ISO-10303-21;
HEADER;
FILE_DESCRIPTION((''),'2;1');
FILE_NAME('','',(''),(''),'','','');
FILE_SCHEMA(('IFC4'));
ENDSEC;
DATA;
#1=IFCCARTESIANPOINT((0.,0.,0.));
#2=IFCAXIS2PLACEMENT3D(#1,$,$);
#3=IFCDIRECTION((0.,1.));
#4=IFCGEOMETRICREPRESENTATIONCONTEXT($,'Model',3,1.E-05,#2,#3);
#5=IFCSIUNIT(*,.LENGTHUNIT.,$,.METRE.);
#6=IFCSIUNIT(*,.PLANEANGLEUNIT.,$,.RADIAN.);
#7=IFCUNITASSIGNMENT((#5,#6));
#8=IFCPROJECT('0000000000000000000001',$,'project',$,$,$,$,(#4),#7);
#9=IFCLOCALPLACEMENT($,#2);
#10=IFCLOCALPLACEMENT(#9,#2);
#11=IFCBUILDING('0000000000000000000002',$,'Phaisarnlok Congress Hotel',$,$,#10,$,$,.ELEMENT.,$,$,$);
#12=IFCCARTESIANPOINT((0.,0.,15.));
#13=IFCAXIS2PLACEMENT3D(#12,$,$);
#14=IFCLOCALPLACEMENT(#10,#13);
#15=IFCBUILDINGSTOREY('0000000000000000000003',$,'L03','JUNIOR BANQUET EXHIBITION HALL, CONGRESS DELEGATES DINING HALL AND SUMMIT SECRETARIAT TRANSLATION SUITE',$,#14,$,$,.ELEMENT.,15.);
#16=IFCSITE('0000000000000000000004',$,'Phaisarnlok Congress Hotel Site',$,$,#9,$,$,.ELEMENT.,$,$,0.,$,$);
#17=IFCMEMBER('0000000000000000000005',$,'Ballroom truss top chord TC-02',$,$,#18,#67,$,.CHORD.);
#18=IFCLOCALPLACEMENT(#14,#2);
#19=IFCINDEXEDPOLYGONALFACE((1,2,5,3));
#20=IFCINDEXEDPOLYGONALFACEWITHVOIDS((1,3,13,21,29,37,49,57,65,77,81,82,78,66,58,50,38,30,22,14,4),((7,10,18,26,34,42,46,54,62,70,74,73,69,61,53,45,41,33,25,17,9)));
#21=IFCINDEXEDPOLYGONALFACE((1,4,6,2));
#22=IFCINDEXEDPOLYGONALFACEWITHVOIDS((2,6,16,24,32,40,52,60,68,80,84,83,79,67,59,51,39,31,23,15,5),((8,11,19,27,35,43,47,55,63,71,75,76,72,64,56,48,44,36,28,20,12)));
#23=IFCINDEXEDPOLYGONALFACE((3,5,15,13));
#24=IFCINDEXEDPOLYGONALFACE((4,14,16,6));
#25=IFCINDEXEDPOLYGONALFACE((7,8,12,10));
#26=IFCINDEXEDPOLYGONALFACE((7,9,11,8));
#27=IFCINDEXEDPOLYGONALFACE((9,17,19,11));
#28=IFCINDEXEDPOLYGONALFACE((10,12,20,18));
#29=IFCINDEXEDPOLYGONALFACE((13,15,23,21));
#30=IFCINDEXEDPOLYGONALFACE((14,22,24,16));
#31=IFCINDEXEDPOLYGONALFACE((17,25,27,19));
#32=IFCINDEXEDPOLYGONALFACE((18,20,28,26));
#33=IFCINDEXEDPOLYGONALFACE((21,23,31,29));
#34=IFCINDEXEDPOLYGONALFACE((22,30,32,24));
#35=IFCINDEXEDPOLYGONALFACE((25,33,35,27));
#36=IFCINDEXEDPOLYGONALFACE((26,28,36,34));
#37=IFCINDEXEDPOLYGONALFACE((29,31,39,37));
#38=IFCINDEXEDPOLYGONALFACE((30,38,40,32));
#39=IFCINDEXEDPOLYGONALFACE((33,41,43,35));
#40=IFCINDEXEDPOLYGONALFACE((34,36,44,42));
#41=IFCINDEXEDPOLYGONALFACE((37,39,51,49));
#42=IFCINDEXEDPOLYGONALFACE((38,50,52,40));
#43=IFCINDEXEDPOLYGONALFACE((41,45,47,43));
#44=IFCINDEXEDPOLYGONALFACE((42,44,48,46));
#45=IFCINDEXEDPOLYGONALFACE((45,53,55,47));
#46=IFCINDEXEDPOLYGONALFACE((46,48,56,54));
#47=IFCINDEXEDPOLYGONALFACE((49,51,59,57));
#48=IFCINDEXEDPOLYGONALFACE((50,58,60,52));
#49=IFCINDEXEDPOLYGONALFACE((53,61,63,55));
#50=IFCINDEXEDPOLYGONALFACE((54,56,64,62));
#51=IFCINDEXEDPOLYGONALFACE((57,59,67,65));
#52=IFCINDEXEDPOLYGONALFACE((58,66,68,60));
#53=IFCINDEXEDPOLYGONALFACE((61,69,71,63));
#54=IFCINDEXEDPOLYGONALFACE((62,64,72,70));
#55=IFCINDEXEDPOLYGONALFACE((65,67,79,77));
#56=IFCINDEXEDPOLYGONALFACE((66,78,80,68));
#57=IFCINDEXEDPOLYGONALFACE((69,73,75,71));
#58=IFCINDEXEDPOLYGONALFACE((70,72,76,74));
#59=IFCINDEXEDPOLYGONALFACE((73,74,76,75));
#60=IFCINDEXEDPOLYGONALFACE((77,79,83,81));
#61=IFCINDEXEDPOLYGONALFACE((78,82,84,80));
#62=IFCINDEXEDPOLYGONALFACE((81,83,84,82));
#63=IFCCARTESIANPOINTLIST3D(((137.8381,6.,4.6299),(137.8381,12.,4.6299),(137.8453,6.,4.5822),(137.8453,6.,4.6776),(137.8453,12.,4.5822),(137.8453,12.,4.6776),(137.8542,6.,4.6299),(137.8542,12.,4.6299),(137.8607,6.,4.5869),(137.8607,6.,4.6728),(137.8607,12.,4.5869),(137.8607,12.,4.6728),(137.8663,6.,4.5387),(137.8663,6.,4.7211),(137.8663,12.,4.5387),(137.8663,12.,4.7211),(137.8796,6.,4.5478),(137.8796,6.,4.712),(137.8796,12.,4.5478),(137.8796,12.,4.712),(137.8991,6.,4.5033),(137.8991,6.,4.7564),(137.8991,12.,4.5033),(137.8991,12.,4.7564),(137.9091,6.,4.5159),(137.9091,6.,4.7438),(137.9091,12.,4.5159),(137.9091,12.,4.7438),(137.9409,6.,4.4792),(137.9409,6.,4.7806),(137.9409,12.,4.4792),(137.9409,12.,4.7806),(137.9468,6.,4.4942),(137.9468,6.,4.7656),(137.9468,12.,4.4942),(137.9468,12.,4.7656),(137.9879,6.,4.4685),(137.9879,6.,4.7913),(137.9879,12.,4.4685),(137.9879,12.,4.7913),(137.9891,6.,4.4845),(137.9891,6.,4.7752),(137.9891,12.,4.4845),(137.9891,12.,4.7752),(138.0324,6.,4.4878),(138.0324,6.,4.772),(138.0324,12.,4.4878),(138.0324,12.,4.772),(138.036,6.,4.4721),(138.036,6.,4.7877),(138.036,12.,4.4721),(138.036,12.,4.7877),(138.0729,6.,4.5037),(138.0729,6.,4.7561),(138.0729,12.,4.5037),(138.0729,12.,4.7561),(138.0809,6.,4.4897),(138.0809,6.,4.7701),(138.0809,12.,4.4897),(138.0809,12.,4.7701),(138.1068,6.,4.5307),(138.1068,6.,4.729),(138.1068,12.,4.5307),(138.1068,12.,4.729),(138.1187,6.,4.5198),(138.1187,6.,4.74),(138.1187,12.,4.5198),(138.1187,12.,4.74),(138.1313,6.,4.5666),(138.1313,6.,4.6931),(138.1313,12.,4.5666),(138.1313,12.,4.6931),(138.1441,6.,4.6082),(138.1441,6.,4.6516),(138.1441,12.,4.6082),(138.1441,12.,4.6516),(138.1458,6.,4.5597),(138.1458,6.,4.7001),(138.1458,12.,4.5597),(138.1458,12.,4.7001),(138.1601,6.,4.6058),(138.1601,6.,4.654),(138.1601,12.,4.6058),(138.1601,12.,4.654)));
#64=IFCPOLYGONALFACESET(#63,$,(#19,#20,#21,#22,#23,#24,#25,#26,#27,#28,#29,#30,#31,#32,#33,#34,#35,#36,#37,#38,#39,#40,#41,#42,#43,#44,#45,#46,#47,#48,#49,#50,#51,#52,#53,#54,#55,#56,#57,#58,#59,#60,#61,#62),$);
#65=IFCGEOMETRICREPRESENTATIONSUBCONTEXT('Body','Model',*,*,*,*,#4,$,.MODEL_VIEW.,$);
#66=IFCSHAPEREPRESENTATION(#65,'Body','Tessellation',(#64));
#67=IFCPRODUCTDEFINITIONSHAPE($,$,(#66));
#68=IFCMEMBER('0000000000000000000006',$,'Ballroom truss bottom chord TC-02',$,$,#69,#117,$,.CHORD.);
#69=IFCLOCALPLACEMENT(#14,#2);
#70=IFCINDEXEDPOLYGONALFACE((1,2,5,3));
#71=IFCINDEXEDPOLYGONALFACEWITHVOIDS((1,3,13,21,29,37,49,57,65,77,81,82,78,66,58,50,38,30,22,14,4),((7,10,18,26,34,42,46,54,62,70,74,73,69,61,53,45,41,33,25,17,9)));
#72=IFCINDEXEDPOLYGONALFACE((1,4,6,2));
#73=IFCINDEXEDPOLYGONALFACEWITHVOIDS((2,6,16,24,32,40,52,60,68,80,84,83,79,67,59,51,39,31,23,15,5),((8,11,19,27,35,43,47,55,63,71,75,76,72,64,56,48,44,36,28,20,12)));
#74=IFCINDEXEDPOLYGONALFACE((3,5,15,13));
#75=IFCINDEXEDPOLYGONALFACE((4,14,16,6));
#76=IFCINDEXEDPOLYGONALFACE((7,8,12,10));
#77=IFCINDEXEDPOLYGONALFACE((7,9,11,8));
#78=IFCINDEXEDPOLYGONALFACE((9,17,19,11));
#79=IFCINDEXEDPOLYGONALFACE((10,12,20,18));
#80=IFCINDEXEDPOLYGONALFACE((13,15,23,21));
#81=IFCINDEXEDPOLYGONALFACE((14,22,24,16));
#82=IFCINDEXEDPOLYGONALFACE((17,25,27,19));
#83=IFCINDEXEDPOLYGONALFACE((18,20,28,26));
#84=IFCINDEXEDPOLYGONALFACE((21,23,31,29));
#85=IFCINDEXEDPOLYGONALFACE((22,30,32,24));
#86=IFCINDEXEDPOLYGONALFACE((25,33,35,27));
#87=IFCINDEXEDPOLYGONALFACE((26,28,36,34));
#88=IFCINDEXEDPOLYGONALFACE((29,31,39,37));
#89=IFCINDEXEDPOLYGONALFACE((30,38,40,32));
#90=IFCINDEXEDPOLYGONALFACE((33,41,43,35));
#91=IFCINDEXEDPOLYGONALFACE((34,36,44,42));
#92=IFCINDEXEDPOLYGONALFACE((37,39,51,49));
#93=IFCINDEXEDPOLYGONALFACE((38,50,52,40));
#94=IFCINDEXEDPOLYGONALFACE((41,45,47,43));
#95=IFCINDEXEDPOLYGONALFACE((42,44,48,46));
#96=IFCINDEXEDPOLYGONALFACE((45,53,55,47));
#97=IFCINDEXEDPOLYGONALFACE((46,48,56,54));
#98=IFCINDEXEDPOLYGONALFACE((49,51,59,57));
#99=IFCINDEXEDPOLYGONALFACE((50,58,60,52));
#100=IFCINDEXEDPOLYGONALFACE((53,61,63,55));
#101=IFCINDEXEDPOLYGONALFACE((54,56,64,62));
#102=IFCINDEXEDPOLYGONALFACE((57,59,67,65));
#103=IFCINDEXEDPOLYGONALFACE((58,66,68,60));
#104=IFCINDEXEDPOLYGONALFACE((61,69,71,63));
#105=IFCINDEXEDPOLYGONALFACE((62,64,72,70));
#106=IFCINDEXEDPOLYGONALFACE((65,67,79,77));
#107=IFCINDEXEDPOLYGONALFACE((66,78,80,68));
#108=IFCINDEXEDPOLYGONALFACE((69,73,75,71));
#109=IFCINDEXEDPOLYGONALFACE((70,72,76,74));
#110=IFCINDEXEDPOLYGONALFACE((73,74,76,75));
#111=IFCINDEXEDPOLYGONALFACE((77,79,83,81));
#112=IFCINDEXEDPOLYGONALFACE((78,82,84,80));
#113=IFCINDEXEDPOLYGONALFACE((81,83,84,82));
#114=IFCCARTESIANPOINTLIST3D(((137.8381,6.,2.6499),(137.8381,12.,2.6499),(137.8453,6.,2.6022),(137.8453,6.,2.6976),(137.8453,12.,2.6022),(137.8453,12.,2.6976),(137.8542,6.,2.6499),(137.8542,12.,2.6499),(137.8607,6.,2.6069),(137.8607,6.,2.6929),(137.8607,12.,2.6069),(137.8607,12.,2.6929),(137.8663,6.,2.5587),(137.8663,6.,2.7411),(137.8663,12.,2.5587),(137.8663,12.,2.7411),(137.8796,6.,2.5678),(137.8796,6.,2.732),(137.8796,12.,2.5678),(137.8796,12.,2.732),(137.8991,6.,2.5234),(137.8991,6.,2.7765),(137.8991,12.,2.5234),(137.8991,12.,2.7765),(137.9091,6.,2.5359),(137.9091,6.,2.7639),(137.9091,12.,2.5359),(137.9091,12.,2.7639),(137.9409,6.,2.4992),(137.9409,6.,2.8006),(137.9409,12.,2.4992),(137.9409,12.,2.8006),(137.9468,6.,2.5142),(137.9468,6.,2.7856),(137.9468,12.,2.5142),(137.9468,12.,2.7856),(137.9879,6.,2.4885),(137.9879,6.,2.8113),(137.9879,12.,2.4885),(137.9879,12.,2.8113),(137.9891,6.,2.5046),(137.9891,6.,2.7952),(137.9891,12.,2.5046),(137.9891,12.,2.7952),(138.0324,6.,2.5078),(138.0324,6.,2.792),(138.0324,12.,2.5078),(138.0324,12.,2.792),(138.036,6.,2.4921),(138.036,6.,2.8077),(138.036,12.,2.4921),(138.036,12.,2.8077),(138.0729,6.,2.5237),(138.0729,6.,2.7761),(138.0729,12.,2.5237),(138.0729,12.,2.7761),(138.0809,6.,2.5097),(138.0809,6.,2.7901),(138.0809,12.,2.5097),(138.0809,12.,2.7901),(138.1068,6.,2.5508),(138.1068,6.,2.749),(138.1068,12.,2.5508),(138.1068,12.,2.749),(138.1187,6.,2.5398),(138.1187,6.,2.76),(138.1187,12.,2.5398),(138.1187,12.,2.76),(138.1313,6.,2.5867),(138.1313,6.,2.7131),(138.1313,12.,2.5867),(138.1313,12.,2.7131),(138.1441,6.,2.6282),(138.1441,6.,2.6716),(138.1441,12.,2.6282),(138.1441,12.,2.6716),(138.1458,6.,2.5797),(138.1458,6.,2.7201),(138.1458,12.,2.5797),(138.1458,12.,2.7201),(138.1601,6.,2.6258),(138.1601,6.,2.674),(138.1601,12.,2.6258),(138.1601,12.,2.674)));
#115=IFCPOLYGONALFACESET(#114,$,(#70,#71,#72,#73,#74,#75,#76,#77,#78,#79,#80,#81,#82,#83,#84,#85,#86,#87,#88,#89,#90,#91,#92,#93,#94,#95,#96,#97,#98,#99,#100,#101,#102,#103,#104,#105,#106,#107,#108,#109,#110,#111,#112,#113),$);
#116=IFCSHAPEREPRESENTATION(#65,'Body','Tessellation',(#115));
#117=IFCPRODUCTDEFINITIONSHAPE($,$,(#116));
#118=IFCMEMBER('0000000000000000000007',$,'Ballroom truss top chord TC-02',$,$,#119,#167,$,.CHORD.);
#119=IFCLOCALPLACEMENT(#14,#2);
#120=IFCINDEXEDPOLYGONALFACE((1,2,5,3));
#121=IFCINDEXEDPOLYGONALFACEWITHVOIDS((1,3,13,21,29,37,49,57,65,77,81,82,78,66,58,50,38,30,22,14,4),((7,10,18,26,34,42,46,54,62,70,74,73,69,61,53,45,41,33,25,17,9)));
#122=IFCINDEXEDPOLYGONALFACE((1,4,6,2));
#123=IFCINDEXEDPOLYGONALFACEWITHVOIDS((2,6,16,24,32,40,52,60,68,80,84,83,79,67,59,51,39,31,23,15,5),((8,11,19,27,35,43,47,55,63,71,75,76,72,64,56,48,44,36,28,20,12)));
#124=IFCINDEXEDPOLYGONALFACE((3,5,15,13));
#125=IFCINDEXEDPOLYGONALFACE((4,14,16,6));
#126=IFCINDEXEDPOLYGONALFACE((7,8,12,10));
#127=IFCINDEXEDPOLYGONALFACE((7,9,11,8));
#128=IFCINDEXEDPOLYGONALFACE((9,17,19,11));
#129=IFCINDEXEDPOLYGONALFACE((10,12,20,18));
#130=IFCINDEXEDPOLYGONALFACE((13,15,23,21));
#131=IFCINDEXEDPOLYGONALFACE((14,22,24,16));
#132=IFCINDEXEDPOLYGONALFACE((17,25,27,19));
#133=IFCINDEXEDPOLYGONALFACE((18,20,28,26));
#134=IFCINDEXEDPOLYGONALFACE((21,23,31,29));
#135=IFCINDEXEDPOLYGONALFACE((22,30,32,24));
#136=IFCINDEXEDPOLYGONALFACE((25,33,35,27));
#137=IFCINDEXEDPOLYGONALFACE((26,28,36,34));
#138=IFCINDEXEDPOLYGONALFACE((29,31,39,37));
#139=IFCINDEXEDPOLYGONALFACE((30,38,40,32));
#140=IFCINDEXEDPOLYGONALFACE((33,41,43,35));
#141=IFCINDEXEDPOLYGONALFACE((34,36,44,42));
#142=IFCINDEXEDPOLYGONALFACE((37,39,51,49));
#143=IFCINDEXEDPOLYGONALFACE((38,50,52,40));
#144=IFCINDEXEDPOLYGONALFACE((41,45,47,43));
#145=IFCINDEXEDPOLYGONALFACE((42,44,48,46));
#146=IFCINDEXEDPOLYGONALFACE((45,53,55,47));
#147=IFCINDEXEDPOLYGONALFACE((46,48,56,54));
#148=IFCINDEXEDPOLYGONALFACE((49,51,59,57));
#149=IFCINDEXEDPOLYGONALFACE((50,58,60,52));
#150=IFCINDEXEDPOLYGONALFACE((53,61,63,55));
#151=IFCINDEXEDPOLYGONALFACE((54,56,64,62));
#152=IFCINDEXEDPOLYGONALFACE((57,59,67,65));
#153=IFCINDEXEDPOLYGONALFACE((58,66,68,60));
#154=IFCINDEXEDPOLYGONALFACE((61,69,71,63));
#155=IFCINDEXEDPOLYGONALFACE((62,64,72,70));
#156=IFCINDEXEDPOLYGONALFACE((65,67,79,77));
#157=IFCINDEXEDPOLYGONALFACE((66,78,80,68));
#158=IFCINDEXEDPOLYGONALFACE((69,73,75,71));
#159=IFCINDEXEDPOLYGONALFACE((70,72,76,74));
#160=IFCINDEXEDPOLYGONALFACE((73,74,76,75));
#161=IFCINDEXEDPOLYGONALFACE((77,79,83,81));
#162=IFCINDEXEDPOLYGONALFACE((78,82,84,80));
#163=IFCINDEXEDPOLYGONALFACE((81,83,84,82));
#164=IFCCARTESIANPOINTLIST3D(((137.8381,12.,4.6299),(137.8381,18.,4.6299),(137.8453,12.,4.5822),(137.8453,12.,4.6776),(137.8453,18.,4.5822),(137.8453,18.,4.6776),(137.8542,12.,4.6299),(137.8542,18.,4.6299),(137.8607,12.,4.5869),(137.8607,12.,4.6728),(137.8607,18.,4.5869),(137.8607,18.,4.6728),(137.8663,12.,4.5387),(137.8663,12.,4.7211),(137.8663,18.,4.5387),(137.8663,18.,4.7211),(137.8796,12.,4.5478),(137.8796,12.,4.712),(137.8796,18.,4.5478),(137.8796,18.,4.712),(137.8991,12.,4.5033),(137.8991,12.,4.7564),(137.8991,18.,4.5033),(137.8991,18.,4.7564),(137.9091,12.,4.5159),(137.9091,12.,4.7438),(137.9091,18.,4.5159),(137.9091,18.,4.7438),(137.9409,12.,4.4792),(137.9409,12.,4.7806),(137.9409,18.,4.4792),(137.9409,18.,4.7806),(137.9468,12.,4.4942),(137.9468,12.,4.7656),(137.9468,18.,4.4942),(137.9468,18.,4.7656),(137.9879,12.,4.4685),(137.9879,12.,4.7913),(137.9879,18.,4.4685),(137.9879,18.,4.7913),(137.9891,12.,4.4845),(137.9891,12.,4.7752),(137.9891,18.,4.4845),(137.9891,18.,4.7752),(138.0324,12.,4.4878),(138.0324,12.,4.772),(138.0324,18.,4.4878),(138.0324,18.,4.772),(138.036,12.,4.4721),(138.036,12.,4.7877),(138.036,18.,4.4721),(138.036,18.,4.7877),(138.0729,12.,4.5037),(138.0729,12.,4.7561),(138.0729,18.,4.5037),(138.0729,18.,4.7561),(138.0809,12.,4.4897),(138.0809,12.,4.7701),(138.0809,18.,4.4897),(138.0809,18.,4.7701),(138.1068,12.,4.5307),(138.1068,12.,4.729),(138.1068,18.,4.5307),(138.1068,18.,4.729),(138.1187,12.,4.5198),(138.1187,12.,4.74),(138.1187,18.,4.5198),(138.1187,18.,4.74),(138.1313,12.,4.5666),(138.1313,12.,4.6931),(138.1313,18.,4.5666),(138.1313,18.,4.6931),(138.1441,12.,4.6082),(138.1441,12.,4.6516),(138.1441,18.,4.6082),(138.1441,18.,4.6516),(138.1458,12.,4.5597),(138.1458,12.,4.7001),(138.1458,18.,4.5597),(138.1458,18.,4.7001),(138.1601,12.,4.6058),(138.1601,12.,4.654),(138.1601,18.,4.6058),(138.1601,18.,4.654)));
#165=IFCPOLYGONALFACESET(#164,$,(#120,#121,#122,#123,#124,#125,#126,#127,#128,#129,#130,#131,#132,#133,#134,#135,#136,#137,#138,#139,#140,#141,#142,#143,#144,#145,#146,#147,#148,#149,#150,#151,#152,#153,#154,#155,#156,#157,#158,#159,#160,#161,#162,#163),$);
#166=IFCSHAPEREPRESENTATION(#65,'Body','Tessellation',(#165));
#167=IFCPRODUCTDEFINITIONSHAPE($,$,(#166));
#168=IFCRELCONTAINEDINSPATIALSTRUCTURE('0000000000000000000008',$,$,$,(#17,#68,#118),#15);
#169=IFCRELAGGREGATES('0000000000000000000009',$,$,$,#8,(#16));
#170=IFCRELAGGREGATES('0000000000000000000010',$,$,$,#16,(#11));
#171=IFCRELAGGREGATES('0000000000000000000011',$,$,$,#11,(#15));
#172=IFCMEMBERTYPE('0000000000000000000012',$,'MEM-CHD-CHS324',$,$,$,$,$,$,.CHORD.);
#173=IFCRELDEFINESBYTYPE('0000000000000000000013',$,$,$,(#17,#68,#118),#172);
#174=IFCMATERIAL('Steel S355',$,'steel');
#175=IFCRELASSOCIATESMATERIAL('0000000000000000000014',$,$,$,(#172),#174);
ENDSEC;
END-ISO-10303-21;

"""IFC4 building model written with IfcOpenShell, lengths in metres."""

from ifc_helpers import new_model, si_unit, direction, frame, origin, origin_2d, place, context, subcontext, project, spatial, hollow_circle, extrude, material, material_profile, profile_set, type_object, element, save


model = new_model("IFC4")

# Units and contexts
model_context = context("Model", 3, precision=1e-05, world=origin(), true_north=direction((0.0, 1.0)))
body_context = subcontext(model_context, "Body", "Model", "MODEL_VIEW")
ifc_project = project(units=[si_unit("LENGTHUNIT", "METRE"), si_unit("PLANEANGLEUNIT", "RADIAN")], contexts=[model_context])

# Site, building, storey
site_placement = place(None, origin())
site = spatial("IfcSite", under=ifc_project, at=site_placement, Name="Phaisarnlok Congress Hotel Site", CompositionType="ELEMENT", RefElevation=0.0)
building_placement = place(site_placement, origin())
building = spatial("IfcBuilding", under=site, at=building_placement, Name="Phaisarnlok Congress Hotel", CompositionType="ELEMENT")
storey_placement = place(building_placement, frame((0.0, 0.0, 15.0)))
storey = spatial("IfcBuildingStorey", under=building, at=storey_placement, Name="L03", Description="JUNIOR BANQUET EXHIBITION HALL, CONGRESS DELEGATES DINING HALL AND SUMMIT SECRETARIAT TRANSLATION SUITE", CompositionType="ELEMENT", Elevation=15.0)

# Shared definitions
ifc_material_1 = material(Name="Steel S355", Category="steel")

# Members
ifc_material_profile_1 = material_profile(ifc_material_1, hollow_circle(Radius=0.1619, WallThickness=0.0161, at=origin_2d()), Name="CHS 323.9x16")
ifc_profile_set_1 = profile_set([ifc_material_profile_1], Name="Steel S355")
member_type_1 = type_object("IfcMemberType", Name="MEM-CHD-CHS324", PredefinedType="CHORD", material=ifc_profile_set_1)
for number, where, z_axis, x_axis, name in (
    (1, (138.0, 6.0, 4.6299), (0.0, 1.0, 0.0), (-1.0, 0.0, 0.0), "Ballroom truss top chord TC-02"),
    (2, (138.0, 6.0, 2.6499), (0.0, 1.0, 0.0), (-1.0, 0.0, 0.0), "Ballroom truss bottom chord TC-02"),
    (3, (138.0, 12.0, 4.6299), (0.0, 1.0, 0.0), (-1.0, 0.0, 0.0), "Ballroom truss top chord TC-02"),
):
    element("IfcMember", number, at=place(storey_placement, frame(where, z_axis=z_axis, x_axis=x_axis)), inside=storey, type_object=member_type_1, Name=name, PredefinedType="CHORD", context=body_context, shape_type="SweptSolid", body=[
        extrude(hollow_circle(Radius=0.1619, WallThickness=0.0161, at=origin_2d()), origin(), (0.0, 0.0, 1.0), 6.0),
    ])

save(model, "model.ifc")
